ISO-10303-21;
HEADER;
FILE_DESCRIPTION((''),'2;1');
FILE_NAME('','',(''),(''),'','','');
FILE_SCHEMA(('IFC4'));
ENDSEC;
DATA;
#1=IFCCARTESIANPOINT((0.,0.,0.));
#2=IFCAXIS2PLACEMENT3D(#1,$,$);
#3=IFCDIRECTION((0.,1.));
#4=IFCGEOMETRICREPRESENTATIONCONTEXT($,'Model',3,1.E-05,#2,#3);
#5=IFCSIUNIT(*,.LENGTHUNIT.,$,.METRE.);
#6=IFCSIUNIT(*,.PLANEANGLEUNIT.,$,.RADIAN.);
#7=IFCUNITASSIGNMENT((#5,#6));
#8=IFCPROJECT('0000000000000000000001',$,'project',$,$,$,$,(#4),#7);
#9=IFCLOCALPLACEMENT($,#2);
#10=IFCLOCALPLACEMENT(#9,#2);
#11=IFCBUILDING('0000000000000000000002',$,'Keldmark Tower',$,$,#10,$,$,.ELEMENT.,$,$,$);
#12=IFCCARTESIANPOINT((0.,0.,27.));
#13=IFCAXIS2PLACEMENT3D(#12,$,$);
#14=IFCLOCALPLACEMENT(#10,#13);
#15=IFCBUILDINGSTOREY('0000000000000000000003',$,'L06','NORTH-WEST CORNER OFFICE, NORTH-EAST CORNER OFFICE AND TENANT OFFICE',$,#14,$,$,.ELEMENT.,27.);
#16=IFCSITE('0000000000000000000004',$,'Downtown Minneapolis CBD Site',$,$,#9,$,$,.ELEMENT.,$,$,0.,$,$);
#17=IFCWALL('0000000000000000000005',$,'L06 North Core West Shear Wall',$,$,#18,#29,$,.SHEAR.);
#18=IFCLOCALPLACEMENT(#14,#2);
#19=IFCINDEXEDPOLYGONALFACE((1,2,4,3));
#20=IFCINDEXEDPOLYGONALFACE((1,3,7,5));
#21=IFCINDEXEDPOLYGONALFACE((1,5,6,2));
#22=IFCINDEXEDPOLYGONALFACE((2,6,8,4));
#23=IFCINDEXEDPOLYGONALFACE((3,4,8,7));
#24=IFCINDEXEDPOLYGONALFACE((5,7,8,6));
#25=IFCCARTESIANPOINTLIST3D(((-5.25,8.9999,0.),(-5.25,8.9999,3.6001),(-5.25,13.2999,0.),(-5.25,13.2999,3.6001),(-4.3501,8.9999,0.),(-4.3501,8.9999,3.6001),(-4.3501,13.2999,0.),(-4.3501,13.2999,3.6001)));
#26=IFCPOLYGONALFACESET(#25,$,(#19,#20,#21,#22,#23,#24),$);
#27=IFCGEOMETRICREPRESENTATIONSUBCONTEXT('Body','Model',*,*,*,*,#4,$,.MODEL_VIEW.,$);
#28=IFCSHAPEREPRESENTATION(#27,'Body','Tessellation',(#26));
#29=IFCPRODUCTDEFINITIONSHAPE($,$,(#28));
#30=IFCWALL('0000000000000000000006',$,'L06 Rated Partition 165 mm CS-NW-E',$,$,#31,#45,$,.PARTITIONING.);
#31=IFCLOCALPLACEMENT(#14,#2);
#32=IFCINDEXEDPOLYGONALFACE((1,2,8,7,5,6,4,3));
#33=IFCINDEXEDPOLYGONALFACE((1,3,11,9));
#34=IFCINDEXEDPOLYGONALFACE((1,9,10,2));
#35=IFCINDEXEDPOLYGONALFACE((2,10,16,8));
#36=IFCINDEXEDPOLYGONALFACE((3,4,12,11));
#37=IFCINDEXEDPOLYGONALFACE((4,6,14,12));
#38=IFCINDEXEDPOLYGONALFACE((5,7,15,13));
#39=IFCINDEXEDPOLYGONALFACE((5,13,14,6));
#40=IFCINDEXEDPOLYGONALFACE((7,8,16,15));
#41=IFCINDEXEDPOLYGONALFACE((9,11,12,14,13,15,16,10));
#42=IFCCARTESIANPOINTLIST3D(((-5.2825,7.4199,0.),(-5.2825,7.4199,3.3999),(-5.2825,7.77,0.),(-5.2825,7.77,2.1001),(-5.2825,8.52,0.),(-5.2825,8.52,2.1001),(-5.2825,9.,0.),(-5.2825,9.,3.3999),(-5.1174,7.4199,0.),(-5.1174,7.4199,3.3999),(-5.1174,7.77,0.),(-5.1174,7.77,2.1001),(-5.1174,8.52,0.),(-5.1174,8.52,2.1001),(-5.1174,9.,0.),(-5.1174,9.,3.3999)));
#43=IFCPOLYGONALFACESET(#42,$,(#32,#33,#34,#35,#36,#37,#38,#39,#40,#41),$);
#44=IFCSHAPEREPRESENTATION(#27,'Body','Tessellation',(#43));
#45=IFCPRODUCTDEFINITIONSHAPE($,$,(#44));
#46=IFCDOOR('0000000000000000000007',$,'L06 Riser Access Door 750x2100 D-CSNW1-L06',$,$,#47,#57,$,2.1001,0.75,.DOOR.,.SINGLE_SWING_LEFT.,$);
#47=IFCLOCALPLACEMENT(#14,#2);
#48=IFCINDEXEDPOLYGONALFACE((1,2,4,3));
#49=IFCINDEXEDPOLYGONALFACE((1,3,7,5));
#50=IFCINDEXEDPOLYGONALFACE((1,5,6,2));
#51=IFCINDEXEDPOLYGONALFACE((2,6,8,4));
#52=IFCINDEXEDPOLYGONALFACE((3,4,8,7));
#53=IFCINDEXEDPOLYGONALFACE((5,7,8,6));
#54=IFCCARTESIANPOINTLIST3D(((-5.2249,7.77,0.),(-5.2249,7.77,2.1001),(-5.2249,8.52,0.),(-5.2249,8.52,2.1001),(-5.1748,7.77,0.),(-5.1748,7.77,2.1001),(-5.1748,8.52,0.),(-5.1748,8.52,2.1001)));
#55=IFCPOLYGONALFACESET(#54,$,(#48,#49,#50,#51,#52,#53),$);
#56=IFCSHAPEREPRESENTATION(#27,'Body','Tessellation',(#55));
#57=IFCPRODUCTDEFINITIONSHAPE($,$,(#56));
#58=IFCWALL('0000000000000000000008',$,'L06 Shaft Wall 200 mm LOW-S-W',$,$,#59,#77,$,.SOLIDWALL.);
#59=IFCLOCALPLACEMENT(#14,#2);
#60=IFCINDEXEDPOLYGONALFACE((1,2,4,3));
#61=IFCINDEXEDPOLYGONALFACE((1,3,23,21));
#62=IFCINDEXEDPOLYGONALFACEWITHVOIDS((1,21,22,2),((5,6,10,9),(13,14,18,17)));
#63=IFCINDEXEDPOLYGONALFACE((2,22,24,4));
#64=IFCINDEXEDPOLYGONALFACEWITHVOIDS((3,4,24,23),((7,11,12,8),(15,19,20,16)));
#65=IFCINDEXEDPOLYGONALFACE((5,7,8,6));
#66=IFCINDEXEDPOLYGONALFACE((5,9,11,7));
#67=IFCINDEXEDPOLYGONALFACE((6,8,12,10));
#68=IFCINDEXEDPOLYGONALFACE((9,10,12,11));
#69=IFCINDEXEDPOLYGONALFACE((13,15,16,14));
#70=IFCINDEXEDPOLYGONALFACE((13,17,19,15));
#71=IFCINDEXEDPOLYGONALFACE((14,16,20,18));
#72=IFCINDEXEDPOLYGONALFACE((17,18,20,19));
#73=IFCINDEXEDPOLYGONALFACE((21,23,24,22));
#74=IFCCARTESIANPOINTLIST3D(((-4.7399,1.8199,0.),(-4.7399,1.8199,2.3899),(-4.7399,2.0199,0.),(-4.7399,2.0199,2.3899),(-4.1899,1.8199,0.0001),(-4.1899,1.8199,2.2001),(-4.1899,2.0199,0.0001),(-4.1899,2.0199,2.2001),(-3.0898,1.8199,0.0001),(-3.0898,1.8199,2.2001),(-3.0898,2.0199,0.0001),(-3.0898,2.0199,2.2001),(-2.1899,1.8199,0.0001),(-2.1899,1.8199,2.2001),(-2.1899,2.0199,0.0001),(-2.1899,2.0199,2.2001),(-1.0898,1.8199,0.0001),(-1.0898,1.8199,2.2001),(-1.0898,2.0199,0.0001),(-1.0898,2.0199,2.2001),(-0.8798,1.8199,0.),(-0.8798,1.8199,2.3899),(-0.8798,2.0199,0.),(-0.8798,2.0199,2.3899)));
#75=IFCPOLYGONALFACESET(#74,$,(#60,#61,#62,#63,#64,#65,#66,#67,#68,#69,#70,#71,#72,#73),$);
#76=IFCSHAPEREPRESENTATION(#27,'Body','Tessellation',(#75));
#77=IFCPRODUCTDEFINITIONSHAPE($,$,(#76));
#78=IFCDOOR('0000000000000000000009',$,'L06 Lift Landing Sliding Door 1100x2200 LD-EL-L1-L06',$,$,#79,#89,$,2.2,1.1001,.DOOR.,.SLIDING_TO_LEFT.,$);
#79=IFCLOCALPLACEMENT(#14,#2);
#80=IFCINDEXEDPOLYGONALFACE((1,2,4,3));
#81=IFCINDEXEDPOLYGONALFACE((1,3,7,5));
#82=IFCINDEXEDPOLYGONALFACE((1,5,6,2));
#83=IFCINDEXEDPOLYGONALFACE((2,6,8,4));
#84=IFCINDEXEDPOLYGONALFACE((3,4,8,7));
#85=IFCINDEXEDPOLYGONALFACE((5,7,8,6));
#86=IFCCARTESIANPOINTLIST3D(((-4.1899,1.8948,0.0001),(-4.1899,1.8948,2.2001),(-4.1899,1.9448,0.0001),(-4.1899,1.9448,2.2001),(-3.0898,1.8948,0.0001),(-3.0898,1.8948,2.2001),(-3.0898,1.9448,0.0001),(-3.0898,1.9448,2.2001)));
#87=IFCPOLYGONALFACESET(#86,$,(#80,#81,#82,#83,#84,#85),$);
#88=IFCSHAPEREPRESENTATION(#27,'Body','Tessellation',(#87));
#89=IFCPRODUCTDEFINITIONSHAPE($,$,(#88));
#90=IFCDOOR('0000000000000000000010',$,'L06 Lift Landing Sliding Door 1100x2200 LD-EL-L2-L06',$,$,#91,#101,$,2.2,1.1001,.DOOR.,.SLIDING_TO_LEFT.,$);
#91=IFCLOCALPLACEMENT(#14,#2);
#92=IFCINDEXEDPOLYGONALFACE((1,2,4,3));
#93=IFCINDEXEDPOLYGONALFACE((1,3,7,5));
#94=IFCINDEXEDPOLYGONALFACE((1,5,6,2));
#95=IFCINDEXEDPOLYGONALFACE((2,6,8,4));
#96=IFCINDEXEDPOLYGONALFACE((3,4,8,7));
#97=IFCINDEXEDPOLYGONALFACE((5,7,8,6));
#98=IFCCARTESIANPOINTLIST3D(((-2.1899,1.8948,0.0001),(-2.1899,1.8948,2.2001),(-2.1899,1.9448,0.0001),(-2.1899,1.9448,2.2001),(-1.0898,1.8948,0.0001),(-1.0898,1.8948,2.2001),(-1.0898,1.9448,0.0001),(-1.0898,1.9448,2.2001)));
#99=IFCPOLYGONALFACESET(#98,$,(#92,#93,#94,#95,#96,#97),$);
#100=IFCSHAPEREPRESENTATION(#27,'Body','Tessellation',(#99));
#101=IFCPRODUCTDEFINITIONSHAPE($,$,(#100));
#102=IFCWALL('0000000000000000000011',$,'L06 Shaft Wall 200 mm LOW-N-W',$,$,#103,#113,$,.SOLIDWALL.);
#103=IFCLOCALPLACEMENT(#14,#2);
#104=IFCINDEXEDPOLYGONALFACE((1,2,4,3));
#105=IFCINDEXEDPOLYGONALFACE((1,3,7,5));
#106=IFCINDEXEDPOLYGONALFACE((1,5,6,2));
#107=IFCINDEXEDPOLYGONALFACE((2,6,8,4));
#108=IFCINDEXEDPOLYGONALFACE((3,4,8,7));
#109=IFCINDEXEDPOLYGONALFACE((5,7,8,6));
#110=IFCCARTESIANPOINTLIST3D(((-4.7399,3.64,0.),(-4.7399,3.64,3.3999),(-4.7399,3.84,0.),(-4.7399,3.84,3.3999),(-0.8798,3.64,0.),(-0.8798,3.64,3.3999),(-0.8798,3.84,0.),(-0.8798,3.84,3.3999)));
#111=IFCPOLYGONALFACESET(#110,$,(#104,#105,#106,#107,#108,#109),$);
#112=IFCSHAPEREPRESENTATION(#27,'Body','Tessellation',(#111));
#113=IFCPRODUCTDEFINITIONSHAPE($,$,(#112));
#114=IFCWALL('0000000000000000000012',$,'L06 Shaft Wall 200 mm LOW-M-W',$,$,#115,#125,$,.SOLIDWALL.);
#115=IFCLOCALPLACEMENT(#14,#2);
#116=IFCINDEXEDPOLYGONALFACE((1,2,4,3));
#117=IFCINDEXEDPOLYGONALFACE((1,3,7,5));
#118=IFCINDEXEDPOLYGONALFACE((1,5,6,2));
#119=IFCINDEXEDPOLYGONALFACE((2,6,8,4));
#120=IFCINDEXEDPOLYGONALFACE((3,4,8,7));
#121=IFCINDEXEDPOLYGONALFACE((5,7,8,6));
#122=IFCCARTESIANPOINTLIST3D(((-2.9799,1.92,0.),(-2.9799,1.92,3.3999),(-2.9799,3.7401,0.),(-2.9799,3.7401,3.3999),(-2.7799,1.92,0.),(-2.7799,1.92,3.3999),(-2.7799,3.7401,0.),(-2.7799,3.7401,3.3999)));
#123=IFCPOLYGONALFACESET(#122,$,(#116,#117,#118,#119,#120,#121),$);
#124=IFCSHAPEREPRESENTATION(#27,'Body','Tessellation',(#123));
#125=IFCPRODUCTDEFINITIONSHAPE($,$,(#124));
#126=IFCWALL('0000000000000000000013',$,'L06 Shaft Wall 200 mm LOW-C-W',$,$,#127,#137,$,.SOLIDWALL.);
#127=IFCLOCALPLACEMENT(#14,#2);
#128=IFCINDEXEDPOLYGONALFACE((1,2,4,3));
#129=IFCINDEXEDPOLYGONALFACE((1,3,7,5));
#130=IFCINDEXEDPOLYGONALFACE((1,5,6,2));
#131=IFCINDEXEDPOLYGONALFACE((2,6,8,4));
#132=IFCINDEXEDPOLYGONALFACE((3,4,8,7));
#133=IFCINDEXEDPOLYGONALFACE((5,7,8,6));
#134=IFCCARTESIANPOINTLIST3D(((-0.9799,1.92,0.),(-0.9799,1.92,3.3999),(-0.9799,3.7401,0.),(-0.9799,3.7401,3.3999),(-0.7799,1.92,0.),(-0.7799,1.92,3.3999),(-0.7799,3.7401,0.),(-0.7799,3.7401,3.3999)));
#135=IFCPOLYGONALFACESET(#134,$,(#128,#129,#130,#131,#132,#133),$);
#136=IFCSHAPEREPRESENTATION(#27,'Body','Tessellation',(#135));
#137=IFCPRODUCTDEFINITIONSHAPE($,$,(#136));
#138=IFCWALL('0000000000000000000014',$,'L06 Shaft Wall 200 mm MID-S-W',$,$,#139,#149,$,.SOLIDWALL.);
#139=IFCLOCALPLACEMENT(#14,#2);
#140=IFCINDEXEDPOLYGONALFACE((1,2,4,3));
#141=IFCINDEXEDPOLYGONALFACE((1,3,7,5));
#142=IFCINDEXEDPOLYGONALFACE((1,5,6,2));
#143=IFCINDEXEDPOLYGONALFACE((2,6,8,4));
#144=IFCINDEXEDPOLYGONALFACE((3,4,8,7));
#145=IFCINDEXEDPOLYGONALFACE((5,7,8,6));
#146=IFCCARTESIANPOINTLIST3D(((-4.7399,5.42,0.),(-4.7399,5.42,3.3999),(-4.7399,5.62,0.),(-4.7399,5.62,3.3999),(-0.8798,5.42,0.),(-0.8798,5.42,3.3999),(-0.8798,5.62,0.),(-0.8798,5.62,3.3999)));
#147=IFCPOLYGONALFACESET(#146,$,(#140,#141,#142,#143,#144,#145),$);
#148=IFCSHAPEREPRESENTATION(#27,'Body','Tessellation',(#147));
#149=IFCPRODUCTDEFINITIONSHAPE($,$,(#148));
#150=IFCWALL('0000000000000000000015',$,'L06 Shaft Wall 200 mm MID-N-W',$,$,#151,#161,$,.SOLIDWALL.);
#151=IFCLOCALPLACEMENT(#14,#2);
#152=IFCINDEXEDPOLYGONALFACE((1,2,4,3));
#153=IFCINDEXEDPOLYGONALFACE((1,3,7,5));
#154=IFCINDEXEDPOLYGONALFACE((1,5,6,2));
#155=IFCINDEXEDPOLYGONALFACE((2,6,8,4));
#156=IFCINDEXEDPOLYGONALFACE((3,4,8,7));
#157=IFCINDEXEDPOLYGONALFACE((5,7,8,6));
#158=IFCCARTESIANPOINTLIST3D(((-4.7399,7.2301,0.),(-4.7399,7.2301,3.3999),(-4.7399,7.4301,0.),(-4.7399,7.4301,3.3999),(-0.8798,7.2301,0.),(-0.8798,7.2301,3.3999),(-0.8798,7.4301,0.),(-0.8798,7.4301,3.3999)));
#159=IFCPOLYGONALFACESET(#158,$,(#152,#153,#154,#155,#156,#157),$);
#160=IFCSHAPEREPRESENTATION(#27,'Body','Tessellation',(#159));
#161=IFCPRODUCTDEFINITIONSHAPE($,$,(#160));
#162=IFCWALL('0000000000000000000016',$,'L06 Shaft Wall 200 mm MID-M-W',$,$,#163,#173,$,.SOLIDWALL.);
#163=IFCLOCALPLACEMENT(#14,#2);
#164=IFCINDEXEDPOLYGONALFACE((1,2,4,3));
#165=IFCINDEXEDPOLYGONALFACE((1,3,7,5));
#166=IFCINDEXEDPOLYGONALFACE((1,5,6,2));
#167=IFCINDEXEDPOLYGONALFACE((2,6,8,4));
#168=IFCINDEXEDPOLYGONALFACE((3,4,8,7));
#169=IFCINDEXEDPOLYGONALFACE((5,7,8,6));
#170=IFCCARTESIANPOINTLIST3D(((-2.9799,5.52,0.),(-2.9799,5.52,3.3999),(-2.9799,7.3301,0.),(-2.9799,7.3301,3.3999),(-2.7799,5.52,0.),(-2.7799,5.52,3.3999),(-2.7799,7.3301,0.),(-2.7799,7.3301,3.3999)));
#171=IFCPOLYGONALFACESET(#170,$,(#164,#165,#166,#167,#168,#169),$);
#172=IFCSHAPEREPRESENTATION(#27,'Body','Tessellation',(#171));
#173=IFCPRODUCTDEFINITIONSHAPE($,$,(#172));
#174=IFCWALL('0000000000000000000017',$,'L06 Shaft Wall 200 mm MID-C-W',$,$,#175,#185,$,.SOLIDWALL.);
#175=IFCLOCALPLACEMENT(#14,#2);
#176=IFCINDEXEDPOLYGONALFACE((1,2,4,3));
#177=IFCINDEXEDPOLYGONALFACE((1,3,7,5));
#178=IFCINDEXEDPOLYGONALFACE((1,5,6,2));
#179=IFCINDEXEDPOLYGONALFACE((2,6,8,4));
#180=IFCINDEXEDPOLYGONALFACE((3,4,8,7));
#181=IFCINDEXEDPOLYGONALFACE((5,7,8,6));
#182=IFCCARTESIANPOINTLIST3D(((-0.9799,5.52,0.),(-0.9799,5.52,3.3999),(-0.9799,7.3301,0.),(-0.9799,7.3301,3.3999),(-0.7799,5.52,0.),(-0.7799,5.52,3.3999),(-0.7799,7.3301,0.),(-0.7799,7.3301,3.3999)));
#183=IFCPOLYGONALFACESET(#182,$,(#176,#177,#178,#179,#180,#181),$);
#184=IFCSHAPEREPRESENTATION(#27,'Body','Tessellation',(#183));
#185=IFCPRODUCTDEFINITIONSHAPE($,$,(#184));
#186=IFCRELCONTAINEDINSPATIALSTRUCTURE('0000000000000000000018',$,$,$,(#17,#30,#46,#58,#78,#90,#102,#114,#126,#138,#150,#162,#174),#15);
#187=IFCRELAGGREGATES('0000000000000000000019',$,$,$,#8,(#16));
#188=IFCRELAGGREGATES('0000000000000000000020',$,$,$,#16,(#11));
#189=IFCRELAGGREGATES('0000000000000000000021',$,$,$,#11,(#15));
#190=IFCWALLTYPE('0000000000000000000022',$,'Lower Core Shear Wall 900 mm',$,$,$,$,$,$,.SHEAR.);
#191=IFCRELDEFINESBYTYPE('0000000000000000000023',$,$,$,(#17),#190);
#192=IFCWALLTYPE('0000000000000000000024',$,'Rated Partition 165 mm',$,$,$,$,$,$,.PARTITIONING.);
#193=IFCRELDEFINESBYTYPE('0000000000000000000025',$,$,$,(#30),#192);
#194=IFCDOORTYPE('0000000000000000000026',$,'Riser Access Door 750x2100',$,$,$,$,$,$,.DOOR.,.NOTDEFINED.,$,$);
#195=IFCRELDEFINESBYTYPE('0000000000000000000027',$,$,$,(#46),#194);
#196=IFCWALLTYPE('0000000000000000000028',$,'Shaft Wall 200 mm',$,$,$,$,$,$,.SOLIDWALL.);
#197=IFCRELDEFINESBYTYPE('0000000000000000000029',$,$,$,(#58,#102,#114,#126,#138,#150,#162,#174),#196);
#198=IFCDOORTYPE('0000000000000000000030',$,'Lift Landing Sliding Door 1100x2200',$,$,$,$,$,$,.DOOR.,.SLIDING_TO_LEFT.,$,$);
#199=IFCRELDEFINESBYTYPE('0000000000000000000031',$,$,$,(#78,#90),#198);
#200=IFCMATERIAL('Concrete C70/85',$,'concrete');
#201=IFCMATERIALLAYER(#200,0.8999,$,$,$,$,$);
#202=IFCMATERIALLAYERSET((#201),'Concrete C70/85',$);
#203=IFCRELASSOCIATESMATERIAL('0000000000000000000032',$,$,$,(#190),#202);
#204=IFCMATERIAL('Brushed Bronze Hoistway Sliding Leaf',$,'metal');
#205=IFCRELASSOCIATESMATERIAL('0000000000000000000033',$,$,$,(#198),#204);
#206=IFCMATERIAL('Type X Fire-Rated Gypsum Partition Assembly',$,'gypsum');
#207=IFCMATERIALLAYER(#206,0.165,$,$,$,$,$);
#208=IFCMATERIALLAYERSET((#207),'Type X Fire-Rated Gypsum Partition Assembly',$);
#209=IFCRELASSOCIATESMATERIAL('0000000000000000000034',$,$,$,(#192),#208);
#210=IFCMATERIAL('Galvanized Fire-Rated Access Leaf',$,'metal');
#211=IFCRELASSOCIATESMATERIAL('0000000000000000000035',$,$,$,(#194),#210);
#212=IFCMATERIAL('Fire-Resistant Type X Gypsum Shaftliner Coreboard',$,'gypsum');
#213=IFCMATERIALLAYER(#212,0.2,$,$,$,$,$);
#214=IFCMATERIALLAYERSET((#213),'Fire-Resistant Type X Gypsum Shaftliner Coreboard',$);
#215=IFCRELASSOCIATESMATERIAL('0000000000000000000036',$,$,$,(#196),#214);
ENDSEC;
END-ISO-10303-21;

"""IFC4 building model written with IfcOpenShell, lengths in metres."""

from ifc_helpers import new_model, si_unit, direction, frame, frame_2d, origin, place, context, subcontext, project, spatial, rectangle, extrude, material, layer, layer_set, type_object, element, fill, save


model = new_model("IFC4")

# Units and contexts
model_context = context("Model", 3, precision=1e-05, world=origin(), true_north=direction((0.0, 1.0)))
body_context = subcontext(model_context, "Body", "Model", "MODEL_VIEW")
ifc_project = project(units=[si_unit("LENGTHUNIT", "METRE"), si_unit("PLANEANGLEUNIT", "RADIAN")], contexts=[model_context])

# Site, building, storey
site_placement = place(None, origin())
site = spatial("IfcSite", under=ifc_project, at=site_placement, Name="Downtown Minneapolis CBD Site", CompositionType="ELEMENT", RefElevation=0.0)
building_placement = place(site_placement, origin())
building = spatial("IfcBuilding", under=site, at=building_placement, Name="Keldmark Tower", CompositionType="ELEMENT")
storey_placement = place(building_placement, frame((0.0, 0.0, 27.0)))
storey = spatial("IfcBuildingStorey", under=building, at=storey_placement, Name="L06", Description="NORTH-WEST CORNER OFFICE, NORTH-EAST CORNER OFFICE AND TENANT OFFICE", CompositionType="ELEMENT", Elevation=27.0)

# Shared definitions
ifc_material_1 = material(Name="Concrete C70/85", Category="concrete")
ifc_layer_1 = layer(ifc_material_1, 0.8999)
ifc_layer_set_1 = layer_set([ifc_layer_1], Name="Concrete C70/85")
wall_type_1 = type_object("IfcWallType", Name="Lower Core Shear Wall 900 mm", PredefinedType="SHEAR", material=ifc_layer_set_1)
ifc_material_2 = material(Name="Brushed Bronze Hoistway Sliding Leaf", Category="metal")
door_type_1 = type_object("IfcDoorType", Name="Lift Landing Sliding Door 1100x2200", OperationType="SLIDING_TO_LEFT", PredefinedType="DOOR", material=ifc_material_2)

# Wall
wall_1_placement = place(storey_placement, frame((-4.8, 9.0, 0.0), z_axis=(0.0, 0.0, 1.0), x_axis=(0.0, 1.0, 0.0)))
element("IfcWall", 1, at=wall_1_placement, inside=storey, type_object=wall_type_1, Name="L06 North Core West Shear Wall", PredefinedType="SHEAR", context=body_context, shape_type="SweptSolid", body=[
    extrude(rectangle(XDim=4.3, YDim=0.8999, at=frame_2d((2.1499, 0.0))), origin(), (0.0, 0.0, 1.0), 3.6001),
])

# Wall, opening, door
ifc_material_3 = material(Name="Type X Fire-Rated Gypsum Partition Assembly", Category="gypsum")
ifc_layer_2 = layer(ifc_material_3, 0.165)
ifc_layer_set_2 = layer_set([ifc_layer_2], Name="Type X Fire-Rated Gypsum Partition Assembly")
wall_type_2 = type_object("IfcWallType", Name="Rated Partition 165 mm", PredefinedType="PARTITIONING", material=ifc_layer_set_2)
wall_2_placement = place(storey_placement, frame((-5.2, 7.4199, 0.0), z_axis=(0.0, 0.0, 1.0), x_axis=(0.0, 1.0, 0.0)))
wall_2 = element("IfcWall", 2, at=wall_2_placement, inside=storey, type_object=wall_type_2, Name="L06 Rated Partition 165 mm CS-NW-E", PredefinedType="PARTITIONING", context=body_context, shape_type="SweptSolid", body=[
    extrude(rectangle(XDim=1.5801, YDim=0.165, at=frame_2d((0.79, 0.0))), origin(), (0.0, 0.0, 1.0), 3.3999),
])
opening_1_placement = place(wall_2_placement, frame((0.3501, 0.0, 0.0)))
opening_1 = element("IfcOpeningElement", 3, at=opening_1_placement, cuts=wall_2, PredefinedType="OPENING", context=body_context, shape_type="SweptSolid", body=[
    extrude(rectangle(XDim=0.75, YDim=2.1001, at=frame_2d((0.375, 1.05))), frame((0.0, 0.0925, 0.0), z_axis=(0.0, -1.0, 0.0), x_axis=(1.0, 0.0, 0.0)), (0.0, 0.0, 1.0), 0.1851),
])
ifc_material_4 = material(Name="Galvanized Fire-Rated Access Leaf", Category="metal")
door_type_2 = type_object("IfcDoorType", Name="Riser Access Door 750x2100", OperationType="NOTDEFINED", PredefinedType="DOOR", material=ifc_material_4)
door_1_placement = place(opening_1_placement, origin())
door_1 = element("IfcDoor", 4, at=door_1_placement, inside=storey, type_object=door_type_2, Name="L06 Riser Access Door 750x2100 D-CSNW1-L06", OperationType="SINGLE_SWING_LEFT", OverallHeight=2.1001, OverallWidth=0.75, PredefinedType="DOOR", context=body_context, shape_type="SweptSolid", body=[
    extrude(rectangle(XDim=0.75, YDim=2.1001, at=frame_2d((0.375, 1.05))), frame((0.0, 0.0249, 0.0), z_axis=(0.0, -1.0, 0.0), x_axis=(1.0, 0.0, 0.0)), (0.0, 0.0, 1.0), 0.05),
])
fill(opening_1, door_1)

# Wall, openings, doors
ifc_material_5 = material(Name="Fire-Resistant Type X Gypsum Shaftliner Coreboard", Category="gypsum")
ifc_layer_3 = layer(ifc_material_5, 0.2)
ifc_layer_set_3 = layer_set([ifc_layer_3], Name="Fire-Resistant Type X Gypsum Shaftliner Coreboard")
wall_type_3 = type_object("IfcWallType", Name="Shaft Wall 200 mm", PredefinedType="SOLIDWALL", material=ifc_layer_set_3)
wall_3_placement = place(storey_placement, frame((-4.74, 1.9199, 0.0), z_axis=(0.0, 0.0, 1.0), x_axis=(1.0, 0.0, 0.0)))
wall_3 = element("IfcWall", 5, at=wall_3_placement, inside=storey, type_object=wall_type_3, Name="L06 Shaft Wall 200 mm LOW-S-W", PredefinedType="SOLIDWALL", context=body_context, shape_type="SweptSolid", body=[
    extrude(rectangle(XDim=3.8601, YDim=0.2, at=frame_2d((1.9302, 0.0))), origin(), (0.0, 0.0, 1.0), 2.3899),
])
opening_2_placement = place(wall_3_placement, frame((0.55, 0.0, 0.0)))
opening_2 = element("IfcOpeningElement", 6, at=opening_2_placement, cuts=wall_3, PredefinedType="OPENING", context=body_context, shape_type="SweptSolid", body=[
    extrude(rectangle(XDim=1.1001, YDim=2.2, at=frame_2d((0.55, 1.1001))), frame((0.0, 0.1099, 0.0), z_axis=(0.0, -1.0, 0.0), x_axis=(1.0, 0.0, 0.0)), (0.0, 0.0, 1.0), 0.22),
])
opening_3_placement = place(wall_3_placement, frame((2.55, 0.0, 0.0)))
opening_3 = element("IfcOpeningElement", 7, at=opening_3_placement, cuts=wall_3, PredefinedType="OPENING", context=body_context, shape_type="SweptSolid", body=[
    extrude(rectangle(XDim=1.1001, YDim=2.2, at=frame_2d((0.55, 1.1001))), frame((0.0, 0.1099, 0.0), z_axis=(0.0, -1.0, 0.0), x_axis=(1.0, 0.0, 0.0)), (0.0, 0.0, 1.0), 0.22),
])
door_2_placement = place(opening_2_placement, origin())
door_2 = element("IfcDoor", 8, at=door_2_placement, inside=storey, type_object=door_type_1, Name="L06 Lift Landing Sliding Door 1100x2200 LD-EL-L1-L06", OperationType="SLIDING_TO_LEFT", OverallHeight=2.2, OverallWidth=1.1001, PredefinedType="DOOR", context=body_context, shape_type="SweptSolid", body=[
    extrude(rectangle(XDim=1.1001, YDim=2.2, at=frame_2d((0.55, 1.1001))), frame((0.0, 0.0249, 0.0), z_axis=(0.0, -1.0, 0.0), x_axis=(1.0, 0.0, 0.0)), (0.0, 0.0, 1.0), 0.05),
])
fill(opening_2, door_2)
door_3_placement = place(opening_3_placement, origin())
door_3 = element("IfcDoor", 9, at=door_3_placement, inside=storey, type_object=door_type_1, Name="L06 Lift Landing Sliding Door 1100x2200 LD-EL-L2-L06", OperationType="SLIDING_TO_LEFT", OverallHeight=2.2, OverallWidth=1.1001, PredefinedType="DOOR", context=body_context, shape_type="SweptSolid", body=[
    extrude(rectangle(XDim=1.1001, YDim=2.2, at=frame_2d((0.55, 1.1001))), frame((0.0, 0.0249, 0.0), z_axis=(0.0, -1.0, 0.0), x_axis=(1.0, 0.0, 0.0)), (0.0, 0.0, 1.0), 0.05),
])
fill(opening_3, door_3)

# Walls
wall_4_placement = place(storey_placement, frame((-4.74, 3.74, 0.0), z_axis=(0.0, 0.0, 1.0), x_axis=(1.0, 0.0, 0.0)))
element("IfcWall", 10, at=wall_4_placement, inside=storey, type_object=wall_type_3, Name="L06 Shaft Wall 200 mm LOW-N-W", PredefinedType="SOLIDWALL", context=body_context, shape_type="SweptSolid", body=[
    extrude(rectangle(XDim=3.8601, YDim=0.2, at=frame_2d((1.9302, 0.0))), origin(), (0.0, 0.0, 1.0), 3.3999),
])
for number, where, z_axis, x_axis, name in (
    (11, (-2.8799, 1.9199, 0.0), (0.0, 0.0, 1.0), (0.0, 1.0, 0.0), "L06 Shaft Wall 200 mm LOW-M-W"),
    (12, (-0.8799, 1.9199, 0.0), (0.0, 0.0, 1.0), (0.0, 1.0, 0.0), "L06 Shaft Wall 200 mm LOW-C-W"),
):
    element("IfcWall", number, at=place(storey_placement, frame(where, z_axis=z_axis, x_axis=x_axis)), inside=storey, type_object=wall_type_3, Name=name, PredefinedType="SOLIDWALL", context=body_context, shape_type="SweptSolid", body=[
        extrude(rectangle(XDim=1.8201, YDim=0.2, at=frame_2d((0.9102, 0.0))), origin(), (0.0, 0.0, 1.0), 3.3999),
    ])
for number, where, z_axis, x_axis, name in (
    (13, (-4.74, 5.52, 0.0), (0.0, 0.0, 1.0), (1.0, 0.0, 0.0), "L06 Shaft Wall 200 mm MID-S-W"),
    (14, (-4.74, 7.3301, 0.0), (0.0, 0.0, 1.0), (1.0, 0.0, 0.0), "L06 Shaft Wall 200 mm MID-N-W"),
):
    element("IfcWall", number, at=place(storey_placement, frame(where, z_axis=z_axis, x_axis=x_axis)), inside=storey, type_object=wall_type_3, Name=name, PredefinedType="SOLIDWALL", context=body_context, shape_type="SweptSolid", body=[
        extrude(rectangle(XDim=3.8601, YDim=0.2, at=frame_2d((1.9302, 0.0))), origin(), (0.0, 0.0, 1.0), 3.3999),
    ])
for number, where, z_axis, x_axis, name in (
    (15, (-2.8799, 5.52, 0.0), (0.0, 0.0, 1.0), (0.0, 1.0, 0.0), "L06 Shaft Wall 200 mm MID-M-W"),
    (16, (-0.8799, 5.52, 0.0), (0.0, 0.0, 1.0), (0.0, 1.0, 0.0), "L06 Shaft Wall 200 mm MID-C-W"),
):
    element("IfcWall", number, at=place(storey_placement, frame(where, z_axis=z_axis, x_axis=x_axis)), inside=storey, type_object=wall_type_3, Name=name, PredefinedType="SOLIDWALL", context=body_context, shape_type="SweptSolid", body=[
        extrude(rectangle(XDim=1.8101, YDim=0.2, at=frame_2d((0.905, 0.0))), origin(), (0.0, 0.0, 1.0), 3.3999),
    ])

save(model, "model.ifc")
